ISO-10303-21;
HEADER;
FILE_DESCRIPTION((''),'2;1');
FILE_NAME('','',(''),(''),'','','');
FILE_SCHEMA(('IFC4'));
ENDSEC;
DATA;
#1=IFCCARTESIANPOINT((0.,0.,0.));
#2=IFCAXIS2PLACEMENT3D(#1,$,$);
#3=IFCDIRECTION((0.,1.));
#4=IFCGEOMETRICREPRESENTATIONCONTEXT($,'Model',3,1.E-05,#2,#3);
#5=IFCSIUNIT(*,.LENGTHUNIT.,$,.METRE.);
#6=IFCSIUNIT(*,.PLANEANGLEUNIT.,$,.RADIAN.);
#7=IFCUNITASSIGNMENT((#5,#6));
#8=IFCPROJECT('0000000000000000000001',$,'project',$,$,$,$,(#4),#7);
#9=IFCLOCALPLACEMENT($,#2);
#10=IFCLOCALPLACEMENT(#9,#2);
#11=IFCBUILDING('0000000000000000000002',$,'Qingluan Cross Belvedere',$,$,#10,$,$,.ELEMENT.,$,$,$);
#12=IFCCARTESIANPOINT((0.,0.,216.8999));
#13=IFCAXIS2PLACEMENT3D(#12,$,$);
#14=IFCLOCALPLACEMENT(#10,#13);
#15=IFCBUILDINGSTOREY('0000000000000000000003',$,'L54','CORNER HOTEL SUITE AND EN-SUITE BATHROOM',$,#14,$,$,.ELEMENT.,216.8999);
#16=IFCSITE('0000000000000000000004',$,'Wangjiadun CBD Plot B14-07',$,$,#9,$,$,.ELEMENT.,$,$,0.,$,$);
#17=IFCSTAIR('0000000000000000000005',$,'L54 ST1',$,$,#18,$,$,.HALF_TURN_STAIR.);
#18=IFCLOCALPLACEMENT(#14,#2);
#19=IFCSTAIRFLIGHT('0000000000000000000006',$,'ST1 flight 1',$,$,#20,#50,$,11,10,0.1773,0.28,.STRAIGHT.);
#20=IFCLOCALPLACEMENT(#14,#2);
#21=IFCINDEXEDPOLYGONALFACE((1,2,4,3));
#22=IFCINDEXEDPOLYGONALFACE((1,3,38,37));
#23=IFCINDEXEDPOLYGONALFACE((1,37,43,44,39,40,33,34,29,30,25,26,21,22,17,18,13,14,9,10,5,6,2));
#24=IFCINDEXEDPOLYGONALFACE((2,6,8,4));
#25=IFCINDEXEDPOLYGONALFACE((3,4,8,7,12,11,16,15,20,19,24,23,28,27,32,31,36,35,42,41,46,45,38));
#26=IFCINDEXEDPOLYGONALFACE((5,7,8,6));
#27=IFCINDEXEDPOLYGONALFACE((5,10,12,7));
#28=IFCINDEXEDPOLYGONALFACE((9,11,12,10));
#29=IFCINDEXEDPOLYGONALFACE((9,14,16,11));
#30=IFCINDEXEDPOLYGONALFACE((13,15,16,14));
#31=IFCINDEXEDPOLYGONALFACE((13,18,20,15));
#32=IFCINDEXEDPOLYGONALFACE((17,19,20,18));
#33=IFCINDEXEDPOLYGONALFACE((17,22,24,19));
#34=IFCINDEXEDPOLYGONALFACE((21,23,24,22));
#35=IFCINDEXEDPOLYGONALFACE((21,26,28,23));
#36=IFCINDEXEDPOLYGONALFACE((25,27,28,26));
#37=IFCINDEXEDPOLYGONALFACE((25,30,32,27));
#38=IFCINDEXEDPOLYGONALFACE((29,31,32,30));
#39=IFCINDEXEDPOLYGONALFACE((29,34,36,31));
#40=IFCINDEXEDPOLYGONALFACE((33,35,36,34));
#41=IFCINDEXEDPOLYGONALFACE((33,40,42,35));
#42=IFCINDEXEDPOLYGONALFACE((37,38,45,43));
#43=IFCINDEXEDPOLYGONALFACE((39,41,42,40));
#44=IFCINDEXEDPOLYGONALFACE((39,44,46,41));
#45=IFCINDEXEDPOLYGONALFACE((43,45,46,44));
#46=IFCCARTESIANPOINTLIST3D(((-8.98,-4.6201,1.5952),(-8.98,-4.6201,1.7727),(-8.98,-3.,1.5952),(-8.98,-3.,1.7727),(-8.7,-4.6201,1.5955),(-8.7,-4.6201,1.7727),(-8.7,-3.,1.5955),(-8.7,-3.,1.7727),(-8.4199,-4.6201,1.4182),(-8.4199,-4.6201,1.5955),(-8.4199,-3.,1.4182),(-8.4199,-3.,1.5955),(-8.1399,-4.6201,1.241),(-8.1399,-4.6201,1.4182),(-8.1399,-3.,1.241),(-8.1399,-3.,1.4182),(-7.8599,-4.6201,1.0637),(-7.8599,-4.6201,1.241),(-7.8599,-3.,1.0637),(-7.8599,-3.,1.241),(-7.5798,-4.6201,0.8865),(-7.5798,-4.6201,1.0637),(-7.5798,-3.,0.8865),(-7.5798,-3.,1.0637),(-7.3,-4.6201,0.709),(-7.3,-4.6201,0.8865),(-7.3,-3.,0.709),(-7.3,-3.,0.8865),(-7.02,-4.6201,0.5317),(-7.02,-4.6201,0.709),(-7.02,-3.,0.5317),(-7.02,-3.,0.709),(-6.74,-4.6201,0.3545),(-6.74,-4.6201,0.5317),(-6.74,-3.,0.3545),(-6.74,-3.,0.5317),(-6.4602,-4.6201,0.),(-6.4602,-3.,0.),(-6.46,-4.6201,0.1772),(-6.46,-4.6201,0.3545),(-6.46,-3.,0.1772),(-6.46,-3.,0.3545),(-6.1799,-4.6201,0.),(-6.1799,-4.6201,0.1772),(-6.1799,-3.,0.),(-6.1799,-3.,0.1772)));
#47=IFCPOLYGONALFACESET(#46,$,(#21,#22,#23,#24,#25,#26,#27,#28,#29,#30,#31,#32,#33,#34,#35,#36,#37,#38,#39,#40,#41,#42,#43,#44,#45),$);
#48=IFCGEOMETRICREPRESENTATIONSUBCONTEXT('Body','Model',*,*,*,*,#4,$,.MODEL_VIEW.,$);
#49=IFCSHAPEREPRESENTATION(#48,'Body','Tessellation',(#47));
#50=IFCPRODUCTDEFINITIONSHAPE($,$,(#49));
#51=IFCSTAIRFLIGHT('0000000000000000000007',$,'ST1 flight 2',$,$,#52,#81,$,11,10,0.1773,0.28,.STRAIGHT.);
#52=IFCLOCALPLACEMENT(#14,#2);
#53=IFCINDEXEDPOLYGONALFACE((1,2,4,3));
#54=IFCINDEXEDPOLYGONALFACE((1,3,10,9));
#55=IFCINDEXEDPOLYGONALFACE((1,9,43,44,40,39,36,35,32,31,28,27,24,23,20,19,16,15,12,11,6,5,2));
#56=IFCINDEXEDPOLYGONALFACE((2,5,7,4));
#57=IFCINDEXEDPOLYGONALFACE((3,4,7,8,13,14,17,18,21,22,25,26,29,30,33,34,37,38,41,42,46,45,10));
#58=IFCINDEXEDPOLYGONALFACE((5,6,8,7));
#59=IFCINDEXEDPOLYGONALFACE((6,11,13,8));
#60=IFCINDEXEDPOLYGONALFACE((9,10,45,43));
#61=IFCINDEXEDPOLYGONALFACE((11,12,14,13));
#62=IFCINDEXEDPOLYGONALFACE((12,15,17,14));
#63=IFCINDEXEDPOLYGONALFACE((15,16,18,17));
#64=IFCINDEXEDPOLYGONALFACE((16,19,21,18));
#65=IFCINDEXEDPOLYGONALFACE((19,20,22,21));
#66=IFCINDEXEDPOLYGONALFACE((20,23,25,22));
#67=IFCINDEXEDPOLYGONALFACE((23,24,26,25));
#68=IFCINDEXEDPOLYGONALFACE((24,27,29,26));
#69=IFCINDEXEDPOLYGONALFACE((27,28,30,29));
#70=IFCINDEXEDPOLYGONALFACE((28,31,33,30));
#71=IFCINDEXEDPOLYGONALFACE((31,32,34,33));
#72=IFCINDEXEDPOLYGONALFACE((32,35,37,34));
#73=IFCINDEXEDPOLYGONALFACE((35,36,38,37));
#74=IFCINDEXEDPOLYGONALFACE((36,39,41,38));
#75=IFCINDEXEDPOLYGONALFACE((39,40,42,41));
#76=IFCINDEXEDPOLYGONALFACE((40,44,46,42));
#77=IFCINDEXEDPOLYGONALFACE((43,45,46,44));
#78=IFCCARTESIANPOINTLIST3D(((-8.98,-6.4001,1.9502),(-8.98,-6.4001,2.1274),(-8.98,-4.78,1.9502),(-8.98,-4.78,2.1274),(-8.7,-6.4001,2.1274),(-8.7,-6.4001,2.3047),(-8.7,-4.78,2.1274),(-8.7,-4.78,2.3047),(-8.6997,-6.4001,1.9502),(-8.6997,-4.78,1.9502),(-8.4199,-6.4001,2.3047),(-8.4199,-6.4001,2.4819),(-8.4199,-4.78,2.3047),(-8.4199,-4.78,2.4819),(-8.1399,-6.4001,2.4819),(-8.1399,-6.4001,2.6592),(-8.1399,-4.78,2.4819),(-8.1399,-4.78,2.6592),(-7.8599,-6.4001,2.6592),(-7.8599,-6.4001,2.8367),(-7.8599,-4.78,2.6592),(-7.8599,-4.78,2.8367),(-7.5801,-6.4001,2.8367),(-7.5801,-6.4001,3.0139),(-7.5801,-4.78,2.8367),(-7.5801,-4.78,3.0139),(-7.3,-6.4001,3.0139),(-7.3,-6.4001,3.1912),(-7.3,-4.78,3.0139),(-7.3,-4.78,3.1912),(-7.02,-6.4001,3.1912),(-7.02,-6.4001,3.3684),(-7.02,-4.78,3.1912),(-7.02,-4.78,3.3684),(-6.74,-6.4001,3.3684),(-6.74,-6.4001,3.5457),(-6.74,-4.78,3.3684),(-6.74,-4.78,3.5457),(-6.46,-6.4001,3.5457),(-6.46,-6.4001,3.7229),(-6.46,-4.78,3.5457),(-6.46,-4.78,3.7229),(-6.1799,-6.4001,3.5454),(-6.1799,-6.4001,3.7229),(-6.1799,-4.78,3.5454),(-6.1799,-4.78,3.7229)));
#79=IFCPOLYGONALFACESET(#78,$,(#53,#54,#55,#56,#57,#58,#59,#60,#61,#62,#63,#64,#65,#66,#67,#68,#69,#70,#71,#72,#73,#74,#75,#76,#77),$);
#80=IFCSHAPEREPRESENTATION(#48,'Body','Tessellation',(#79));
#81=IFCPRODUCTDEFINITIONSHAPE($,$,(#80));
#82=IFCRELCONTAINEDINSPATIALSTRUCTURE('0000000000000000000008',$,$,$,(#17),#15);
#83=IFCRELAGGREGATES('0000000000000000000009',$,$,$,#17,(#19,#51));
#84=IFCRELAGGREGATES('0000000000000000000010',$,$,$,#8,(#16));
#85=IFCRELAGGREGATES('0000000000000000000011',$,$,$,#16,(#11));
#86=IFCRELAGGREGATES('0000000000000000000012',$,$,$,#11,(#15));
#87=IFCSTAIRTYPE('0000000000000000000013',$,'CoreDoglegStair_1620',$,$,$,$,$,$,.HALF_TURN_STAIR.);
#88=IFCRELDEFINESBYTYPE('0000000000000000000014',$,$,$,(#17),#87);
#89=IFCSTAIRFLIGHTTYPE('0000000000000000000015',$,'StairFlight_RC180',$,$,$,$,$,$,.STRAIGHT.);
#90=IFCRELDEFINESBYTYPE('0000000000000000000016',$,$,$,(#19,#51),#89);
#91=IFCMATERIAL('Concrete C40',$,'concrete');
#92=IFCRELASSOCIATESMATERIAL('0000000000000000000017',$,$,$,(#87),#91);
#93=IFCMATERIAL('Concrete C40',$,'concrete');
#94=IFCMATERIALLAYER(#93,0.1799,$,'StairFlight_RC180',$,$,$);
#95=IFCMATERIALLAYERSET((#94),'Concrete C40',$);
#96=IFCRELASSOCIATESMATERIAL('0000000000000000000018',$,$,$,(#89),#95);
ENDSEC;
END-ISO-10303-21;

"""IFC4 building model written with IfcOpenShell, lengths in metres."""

from ifc_helpers import new_model, si_unit, direction, frame, origin, place, context, subcontext, project, spatial, polyline, outline, extrude, material, layer, layer_set, type_object, element, aggregate, save


model = new_model("IFC4")

# Units and contexts
model_context = context("Model", 3, precision=1e-05, world=origin(), true_north=direction((0.0, 1.0)))
body_context = subcontext(model_context, "Body", "Model", "MODEL_VIEW")
ifc_project = project(units=[si_unit("LENGTHUNIT", "METRE"), si_unit("PLANEANGLEUNIT", "RADIAN")], contexts=[model_context])

# Site, building, storey
site_placement = place(None, origin())
site = spatial("IfcSite", under=ifc_project, at=site_placement, Name="Wangjiadun CBD Plot B14-07", CompositionType="ELEMENT", RefElevation=0.0)
building_placement = place(site_placement, origin())
building = spatial("IfcBuilding", under=site, at=building_placement, Name="Qingluan Cross Belvedere", CompositionType="ELEMENT")
storey_placement = place(building_placement, frame((0.0, 0.0, 216.8999)))
storey = spatial("IfcBuildingStorey", under=building, at=storey_placement, Name="L54", Description="CORNER HOTEL SUITE AND EN-SUITE BATHROOM", CompositionType="ELEMENT", Elevation=216.8999)

# Stair, stair flights
ifc_material_1 = material(Name="Concrete C40", Category="concrete")
stair_type = type_object("IfcStairType", Name="CoreDoglegStair_1620", PredefinedType="HALF_TURN_STAIR", material=ifc_material_1)
stair_placement = place(storey_placement, origin())
stair = element("IfcStair", 1, at=stair_placement, inside=storey, type_object=stair_type, Name="L54 ST1", PredefinedType="HALF_TURN_STAIR")
ifc_material_2 = material(Name="Concrete C40", Category="concrete")
ifc_layer_1 = layer(ifc_material_2, 0.1799, Name="StairFlight_RC180")
ifc_layer_set_1 = layer_set([ifc_layer_1], Name="Concrete C40")
stair_flight_type = type_object("IfcStairFlightType", Name="StairFlight_RC180", PredefinedType="STRAIGHT", material=ifc_layer_set_1)
stair_flight_1_placement = place(storey_placement, frame((-6.1799, -3.8101, 0.0), z_axis=(0.0, 0.0, 1.0), x_axis=(-1.0, 0.0, 0.0)))
stair_flight_1 = element("IfcStairFlight", 2, at=stair_flight_1_placement, type_object=stair_flight_type, Name="ST1 flight 1", NumberOfRisers=11, NumberOfTreads=10, PredefinedType="STRAIGHT", RiserHeight=0.1773, TreadLength=0.28, context=body_context, shape_type="SweptSolid", body=[
    extrude(outline(polyline([(0.0, 0.0), (0.0, 0.1772), (0.28, 0.1772), (0.28, 0.3545), (0.5601, 0.3545), (0.5601, 0.5317), (0.8401, 0.5317), (0.8401, 0.709), (1.1201, 0.709), (1.1201, 0.8865), (1.3999, 0.8865), (1.3999, 1.0637), (1.6799, 1.0637), (1.6799, 1.241), (1.96, 1.241), (1.96, 1.4182), (2.24, 1.4182), (2.24, 1.5955), (2.52, 1.5955), (2.52, 1.7727), (2.8, 1.7727), (2.8, 1.95), (2.8, 1.5952), (0.2803, 0.0), (0.0, 0.0)])), frame((0.0, 0.8101, 0.0), z_axis=(0.0, -1.0, 0.0), x_axis=(1.0, 0.0, 0.0)), (0.0, 0.0, 1.0), 1.6201),
])
stair_flight_2_placement = place(storey_placement, frame((-8.98, -5.5901, 1.9502), z_axis=(0.0, 0.0, 1.0), x_axis=(1.0, 0.0, 0.0)))
stair_flight_2 = element("IfcStairFlight", 3, at=stair_flight_2_placement, type_object=stair_flight_type, Name="ST1 flight 2", NumberOfRisers=11, NumberOfTreads=10, PredefinedType="STRAIGHT", RiserHeight=0.1773, TreadLength=0.28, context=body_context, shape_type="SweptSolid", body=[
    extrude(outline(polyline([(0.0, 0.0), (0.0, 0.1772), (0.28, 0.1772), (0.28, 0.3545), (0.5601, 0.3545), (0.5601, 0.5317), (0.8401, 0.5317), (0.8401, 0.709), (1.1201, 0.709), (1.1201, 0.8865), (1.3999, 0.8865), (1.3999, 1.0637), (1.6799, 1.0637), (1.6799, 1.241), (1.96, 1.241), (1.96, 1.4182), (2.24, 1.4182), (2.24, 1.5955), (2.52, 1.5955), (2.52, 1.7727), (2.8, 1.7727), (2.8, 1.95), (2.8, 1.5952), (0.2803, 0.0), (0.0, 0.0)])), frame((0.0, 0.8101, 0.0), z_axis=(0.0, -1.0, 0.0), x_axis=(1.0, 0.0, 0.0)), (0.0, 0.0, 1.0), 1.6201),
])
aggregate(stair, [stair_flight_1, stair_flight_2])

save(model, "model.ifc")
